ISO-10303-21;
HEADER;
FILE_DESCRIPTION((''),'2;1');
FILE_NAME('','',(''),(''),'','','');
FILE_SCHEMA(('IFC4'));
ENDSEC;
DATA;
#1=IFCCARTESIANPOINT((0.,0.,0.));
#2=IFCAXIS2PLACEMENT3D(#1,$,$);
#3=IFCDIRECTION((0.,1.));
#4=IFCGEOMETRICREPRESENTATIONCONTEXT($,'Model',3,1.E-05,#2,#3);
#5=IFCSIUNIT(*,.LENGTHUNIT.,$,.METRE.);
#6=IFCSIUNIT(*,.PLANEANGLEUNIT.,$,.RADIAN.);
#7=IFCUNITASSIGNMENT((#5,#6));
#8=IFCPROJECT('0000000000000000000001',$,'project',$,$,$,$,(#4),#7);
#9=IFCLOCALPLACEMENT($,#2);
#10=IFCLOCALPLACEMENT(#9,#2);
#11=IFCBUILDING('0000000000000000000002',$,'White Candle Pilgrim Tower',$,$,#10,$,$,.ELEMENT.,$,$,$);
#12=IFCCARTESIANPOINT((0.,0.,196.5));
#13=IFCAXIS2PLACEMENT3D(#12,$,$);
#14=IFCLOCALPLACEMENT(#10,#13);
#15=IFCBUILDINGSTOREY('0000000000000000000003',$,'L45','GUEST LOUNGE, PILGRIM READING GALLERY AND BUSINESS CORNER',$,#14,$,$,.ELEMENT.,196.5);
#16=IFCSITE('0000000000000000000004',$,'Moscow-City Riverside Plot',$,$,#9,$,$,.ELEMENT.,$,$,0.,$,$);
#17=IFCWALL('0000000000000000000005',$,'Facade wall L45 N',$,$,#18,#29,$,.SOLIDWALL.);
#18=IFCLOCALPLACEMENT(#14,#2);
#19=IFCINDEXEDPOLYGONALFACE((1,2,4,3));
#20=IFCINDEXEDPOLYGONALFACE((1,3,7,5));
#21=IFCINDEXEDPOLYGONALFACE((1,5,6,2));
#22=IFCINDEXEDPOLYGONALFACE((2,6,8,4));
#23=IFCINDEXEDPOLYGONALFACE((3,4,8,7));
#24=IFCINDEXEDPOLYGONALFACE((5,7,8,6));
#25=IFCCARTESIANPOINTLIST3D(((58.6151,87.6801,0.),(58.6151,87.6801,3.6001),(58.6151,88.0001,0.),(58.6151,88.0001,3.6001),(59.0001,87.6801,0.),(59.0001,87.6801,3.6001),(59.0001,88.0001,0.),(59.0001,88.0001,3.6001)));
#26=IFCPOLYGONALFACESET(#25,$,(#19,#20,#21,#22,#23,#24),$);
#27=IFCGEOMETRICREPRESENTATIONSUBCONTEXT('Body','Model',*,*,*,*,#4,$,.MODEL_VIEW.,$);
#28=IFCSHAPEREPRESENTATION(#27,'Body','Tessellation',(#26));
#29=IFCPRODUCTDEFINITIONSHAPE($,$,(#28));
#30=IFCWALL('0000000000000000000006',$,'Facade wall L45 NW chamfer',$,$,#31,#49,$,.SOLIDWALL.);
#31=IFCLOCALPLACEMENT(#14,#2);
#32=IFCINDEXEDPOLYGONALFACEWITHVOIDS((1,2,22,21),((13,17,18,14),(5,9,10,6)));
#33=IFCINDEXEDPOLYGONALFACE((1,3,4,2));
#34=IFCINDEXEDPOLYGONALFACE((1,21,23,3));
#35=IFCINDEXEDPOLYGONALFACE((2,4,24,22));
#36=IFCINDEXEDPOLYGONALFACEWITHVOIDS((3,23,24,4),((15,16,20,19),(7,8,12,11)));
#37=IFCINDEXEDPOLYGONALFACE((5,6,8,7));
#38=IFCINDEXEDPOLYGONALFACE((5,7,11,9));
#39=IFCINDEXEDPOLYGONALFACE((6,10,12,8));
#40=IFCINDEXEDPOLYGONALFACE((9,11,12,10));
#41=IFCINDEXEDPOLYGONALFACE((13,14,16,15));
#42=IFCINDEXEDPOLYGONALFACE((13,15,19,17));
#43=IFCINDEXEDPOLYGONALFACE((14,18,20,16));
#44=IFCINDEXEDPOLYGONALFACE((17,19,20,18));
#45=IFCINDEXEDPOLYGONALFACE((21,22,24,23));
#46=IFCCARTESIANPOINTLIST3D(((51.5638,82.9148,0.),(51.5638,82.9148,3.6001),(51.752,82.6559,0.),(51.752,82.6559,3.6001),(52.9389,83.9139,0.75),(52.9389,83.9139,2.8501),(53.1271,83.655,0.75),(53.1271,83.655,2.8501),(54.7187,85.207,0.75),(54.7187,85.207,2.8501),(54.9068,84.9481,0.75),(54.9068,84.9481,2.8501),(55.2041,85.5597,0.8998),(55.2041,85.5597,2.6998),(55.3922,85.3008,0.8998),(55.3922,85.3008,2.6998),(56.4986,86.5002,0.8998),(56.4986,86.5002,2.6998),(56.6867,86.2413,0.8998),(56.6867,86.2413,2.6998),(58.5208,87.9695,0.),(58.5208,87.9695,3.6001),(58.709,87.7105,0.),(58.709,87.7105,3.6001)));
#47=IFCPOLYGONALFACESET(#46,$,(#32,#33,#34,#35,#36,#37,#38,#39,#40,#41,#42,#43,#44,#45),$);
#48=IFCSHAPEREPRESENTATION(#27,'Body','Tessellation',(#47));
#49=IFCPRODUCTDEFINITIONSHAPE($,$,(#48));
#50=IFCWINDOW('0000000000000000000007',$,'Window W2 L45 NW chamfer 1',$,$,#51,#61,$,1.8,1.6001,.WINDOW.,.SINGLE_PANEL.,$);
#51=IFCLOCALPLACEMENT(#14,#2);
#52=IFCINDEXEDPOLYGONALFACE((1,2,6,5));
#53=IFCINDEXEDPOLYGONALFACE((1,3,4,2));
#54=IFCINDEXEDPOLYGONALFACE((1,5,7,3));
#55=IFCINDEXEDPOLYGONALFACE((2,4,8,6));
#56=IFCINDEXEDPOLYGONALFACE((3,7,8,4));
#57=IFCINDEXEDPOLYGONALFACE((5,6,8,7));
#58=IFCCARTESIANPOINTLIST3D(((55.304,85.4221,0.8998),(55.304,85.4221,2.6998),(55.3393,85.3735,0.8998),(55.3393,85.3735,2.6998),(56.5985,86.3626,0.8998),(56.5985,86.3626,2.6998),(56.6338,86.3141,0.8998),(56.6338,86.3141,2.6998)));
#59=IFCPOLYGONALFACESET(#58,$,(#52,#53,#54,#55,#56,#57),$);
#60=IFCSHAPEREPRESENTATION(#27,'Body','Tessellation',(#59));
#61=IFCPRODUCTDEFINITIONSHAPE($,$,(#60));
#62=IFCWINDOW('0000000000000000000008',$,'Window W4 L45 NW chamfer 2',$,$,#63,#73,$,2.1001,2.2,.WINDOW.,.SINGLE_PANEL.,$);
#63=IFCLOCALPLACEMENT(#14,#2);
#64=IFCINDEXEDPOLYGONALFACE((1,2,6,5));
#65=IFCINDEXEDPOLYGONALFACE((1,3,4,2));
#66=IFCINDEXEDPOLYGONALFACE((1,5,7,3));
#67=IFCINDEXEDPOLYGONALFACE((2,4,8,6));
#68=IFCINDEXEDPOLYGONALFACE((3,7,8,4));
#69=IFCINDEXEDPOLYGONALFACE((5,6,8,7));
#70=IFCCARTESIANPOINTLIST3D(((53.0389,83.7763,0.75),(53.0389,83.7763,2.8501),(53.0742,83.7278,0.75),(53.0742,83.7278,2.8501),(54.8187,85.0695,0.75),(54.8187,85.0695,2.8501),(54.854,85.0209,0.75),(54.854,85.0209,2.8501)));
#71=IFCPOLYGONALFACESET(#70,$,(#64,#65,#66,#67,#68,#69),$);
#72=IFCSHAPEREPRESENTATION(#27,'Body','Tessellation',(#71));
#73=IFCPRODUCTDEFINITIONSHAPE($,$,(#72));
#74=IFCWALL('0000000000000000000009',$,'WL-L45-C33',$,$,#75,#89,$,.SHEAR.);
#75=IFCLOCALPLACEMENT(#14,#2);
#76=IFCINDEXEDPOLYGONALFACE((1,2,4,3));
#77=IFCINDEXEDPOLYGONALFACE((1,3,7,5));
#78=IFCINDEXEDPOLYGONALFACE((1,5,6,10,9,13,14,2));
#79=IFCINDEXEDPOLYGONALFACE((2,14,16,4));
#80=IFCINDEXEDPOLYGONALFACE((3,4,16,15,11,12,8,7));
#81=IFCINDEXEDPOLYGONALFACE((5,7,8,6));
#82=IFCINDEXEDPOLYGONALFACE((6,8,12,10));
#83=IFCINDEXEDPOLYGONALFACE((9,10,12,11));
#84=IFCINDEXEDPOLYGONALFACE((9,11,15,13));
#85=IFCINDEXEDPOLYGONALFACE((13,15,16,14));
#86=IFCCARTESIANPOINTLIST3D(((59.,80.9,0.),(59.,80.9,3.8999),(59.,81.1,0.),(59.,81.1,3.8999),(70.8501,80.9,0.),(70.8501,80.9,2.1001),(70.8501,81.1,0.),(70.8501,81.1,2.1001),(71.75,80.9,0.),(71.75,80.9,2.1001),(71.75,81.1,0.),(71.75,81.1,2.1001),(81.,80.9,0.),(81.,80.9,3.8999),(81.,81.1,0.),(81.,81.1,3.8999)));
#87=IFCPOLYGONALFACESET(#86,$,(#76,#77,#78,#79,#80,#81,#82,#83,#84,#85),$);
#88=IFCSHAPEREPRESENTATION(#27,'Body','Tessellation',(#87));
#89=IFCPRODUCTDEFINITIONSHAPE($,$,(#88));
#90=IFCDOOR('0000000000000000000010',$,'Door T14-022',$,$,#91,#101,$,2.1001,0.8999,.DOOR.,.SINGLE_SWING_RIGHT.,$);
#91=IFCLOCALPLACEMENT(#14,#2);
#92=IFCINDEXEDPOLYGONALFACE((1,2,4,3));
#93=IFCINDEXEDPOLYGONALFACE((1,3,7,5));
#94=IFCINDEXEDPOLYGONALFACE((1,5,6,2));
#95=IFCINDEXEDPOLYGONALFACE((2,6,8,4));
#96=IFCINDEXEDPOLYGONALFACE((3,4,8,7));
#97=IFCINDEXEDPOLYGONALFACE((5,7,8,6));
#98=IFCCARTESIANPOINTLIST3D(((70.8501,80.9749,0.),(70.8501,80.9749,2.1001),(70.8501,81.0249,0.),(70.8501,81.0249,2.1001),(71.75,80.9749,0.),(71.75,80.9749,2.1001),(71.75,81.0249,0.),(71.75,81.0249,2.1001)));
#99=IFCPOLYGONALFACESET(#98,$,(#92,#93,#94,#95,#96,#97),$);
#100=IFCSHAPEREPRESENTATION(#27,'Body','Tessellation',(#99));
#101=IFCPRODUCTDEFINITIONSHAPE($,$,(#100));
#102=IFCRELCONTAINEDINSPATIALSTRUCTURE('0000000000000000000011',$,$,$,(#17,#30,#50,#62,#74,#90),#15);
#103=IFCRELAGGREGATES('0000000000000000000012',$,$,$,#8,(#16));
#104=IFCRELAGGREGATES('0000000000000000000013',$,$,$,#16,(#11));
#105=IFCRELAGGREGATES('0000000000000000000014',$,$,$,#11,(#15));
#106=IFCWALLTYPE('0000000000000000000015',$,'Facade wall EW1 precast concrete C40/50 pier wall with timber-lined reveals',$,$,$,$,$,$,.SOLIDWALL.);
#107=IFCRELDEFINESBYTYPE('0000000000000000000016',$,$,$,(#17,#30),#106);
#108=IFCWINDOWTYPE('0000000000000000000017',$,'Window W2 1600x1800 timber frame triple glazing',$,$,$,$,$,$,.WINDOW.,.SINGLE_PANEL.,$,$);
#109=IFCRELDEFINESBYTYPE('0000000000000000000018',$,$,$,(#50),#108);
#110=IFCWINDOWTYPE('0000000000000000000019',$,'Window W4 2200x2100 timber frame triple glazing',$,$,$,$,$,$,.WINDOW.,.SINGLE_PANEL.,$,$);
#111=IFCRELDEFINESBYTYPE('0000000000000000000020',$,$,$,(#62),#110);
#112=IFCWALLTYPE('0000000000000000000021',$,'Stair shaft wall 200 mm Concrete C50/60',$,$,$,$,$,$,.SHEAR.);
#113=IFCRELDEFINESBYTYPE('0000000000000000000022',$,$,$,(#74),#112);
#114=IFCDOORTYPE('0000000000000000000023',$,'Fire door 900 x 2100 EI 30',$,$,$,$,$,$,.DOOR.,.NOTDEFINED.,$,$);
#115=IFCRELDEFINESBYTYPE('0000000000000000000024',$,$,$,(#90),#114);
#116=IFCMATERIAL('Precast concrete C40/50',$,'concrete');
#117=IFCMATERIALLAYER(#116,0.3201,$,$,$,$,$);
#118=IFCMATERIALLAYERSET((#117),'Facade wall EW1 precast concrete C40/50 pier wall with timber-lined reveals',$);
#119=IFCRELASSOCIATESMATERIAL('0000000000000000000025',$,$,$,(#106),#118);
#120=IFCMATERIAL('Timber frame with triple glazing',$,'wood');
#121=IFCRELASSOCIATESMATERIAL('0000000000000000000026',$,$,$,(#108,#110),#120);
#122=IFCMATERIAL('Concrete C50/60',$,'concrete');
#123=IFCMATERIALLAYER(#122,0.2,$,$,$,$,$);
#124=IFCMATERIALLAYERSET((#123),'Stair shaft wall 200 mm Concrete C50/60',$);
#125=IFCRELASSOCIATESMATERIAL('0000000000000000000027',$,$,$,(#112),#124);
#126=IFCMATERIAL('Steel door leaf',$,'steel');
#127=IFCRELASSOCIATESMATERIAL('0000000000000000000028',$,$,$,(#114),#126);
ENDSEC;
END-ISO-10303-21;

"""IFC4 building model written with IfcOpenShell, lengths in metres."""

from ifc_helpers import new_model, si_unit, direction, frame, frame_2d, origin, place, context, subcontext, project, spatial, rectangle, extrude, material, layer, layer_set, type_object, element, fill, save


model = new_model("IFC4")

# Units and contexts
model_context = context("Model", 3, precision=1e-05, world=origin(), true_north=direction((0.0, 1.0)))
body_context = subcontext(model_context, "Body", "Model", "MODEL_VIEW")
ifc_project = project(units=[si_unit("LENGTHUNIT", "METRE"), si_unit("PLANEANGLEUNIT", "RADIAN")], contexts=[model_context])

# Site, building, storey
site_placement = place(None, origin())
site = spatial("IfcSite", under=ifc_project, at=site_placement, Name="Moscow-City Riverside Plot", CompositionType="ELEMENT", RefElevation=0.0)
building_placement = place(site_placement, origin())
building = spatial("IfcBuilding", under=site, at=building_placement, Name="White Candle Pilgrim Tower", CompositionType="ELEMENT")
storey_placement = place(building_placement, frame((0.0, 0.0, 196.5)))
storey = spatial("IfcBuildingStorey", under=building, at=storey_placement, Name="L45", Description="GUEST LOUNGE, PILGRIM READING GALLERY AND BUSINESS CORNER", CompositionType="ELEMENT", Elevation=196.5)

# Shared definitions
ifc_material_1 = material(Name="Concrete C50/60", Category="concrete")

# Shared definitions
ifc_material_2 = material(Name="Steel door leaf", Category="steel")

# Wall
ifc_material_3 = material(Name="Precast concrete C40/50", Category="concrete")
ifc_layer_1 = layer(ifc_material_3, 0.3201)
ifc_layer_set_1 = layer_set([ifc_layer_1], Name="Facade wall EW1 precast concrete C40/50 pier wall with timber-lined reveals")
wall_type_1 = type_object("IfcWallType", Name="Facade wall EW1 precast concrete C40/50 pier wall with timber-lined reveals", PredefinedType="SOLIDWALL", material=ifc_layer_set_1)
wall_1_placement = place(storey_placement, frame((59.0, 87.8401, 0.0), z_axis=(0.0, 0.0, 1.0), x_axis=(-1.0, 0.0, 0.0)))
element("IfcWall", 1, at=wall_1_placement, inside=storey, type_object=wall_type_1, Name="Facade wall L45 N", PredefinedType="SOLIDWALL", context=body_context, shape_type="SweptSolid", body=[
    extrude(rectangle(XDim=0.385, YDim=0.3201, at=frame_2d((0.1924, 0.0))), origin(), (0.0, 0.0, 1.0), 3.6001),
])

# Wall, openings, windows
wall_2_placement = place(storey_placement, frame((58.615, 87.8401, 0.0), z_axis=(0.0, 0.0, 1.0), x_axis=(-0.809011, -0.587794, 0.0)))
wall_2 = element("IfcWall", 2, at=wall_2_placement, inside=storey, type_object=wall_type_1, Name="Facade wall L45 NW chamfer", PredefinedType="SOLIDWALL", context=body_context, shape_type="SweptSolid", body=[
    extrude(rectangle(XDim=8.5994, YDim=0.3201, at=frame_2d((4.2998, 0.0))), origin(), (0.0, 0.0, 1.0), 3.6001),
])
opening_1_placement = place(wall_2_placement, frame((2.4998, 0.0, 0.8999)))
opening_1 = element("IfcOpeningElement", 3, at=opening_1_placement, cuts=wall_2, PredefinedType="OPENING", context=body_context, shape_type="SweptSolid", body=[
    extrude(rectangle(XDim=1.6001, YDim=1.8, at=frame_2d((0.8, 0.8999))), frame((0.0, 0.1699, 0.0), z_axis=(0.0, -1.0, 0.0), x_axis=(1.0, 0.0, 0.0)), (0.0, 0.0, 1.0), 0.3401),
])
opening_2_placement = place(wall_2_placement, frame((4.6997, 0.0, 0.75)))
opening_2 = element("IfcOpeningElement", 4, at=opening_2_placement, cuts=wall_2, PredefinedType="OPENING", context=body_context, shape_type="SweptSolid", body=[
    extrude(rectangle(XDim=2.2, YDim=2.1001, at=frame_2d((1.1001, 1.05))), frame((0.0, 0.1699, 0.0), z_axis=(0.0, -1.0, 0.0), x_axis=(1.0, 0.0, 0.0)), (0.0, 0.0, 1.0), 0.3401),
])
ifc_material_4 = material(Name="Timber frame with triple glazing", Category="wood")
window_type_1 = type_object("IfcWindowType", Name="Window W2 1600x1800 timber frame triple glazing", PartitioningType="SINGLE_PANEL", PredefinedType="WINDOW", material=ifc_material_4)
window_1_placement = place(opening_1_placement, origin())
window_1 = element("IfcWindow", 5, at=window_1_placement, inside=storey, type_object=window_type_1, Name="Window W2 L45 NW chamfer 1", OverallHeight=1.8, OverallWidth=1.6001, PartitioningType="SINGLE_PANEL", PredefinedType="WINDOW", context=body_context, shape_type="SweptSolid", body=[
    extrude(rectangle(XDim=1.6001, YDim=1.8, at=frame_2d((0.8, 0.8999))), frame((0.0, 0.0701, 0.0), z_axis=(0.0, -1.0, 0.0), x_axis=(1.0, 0.0, 0.0)), (0.0, 0.0, 1.0), 0.0601),
])
fill(opening_1, window_1)
window_type_2 = type_object("IfcWindowType", Name="Window W4 2200x2100 timber frame triple glazing", PartitioningType="SINGLE_PANEL", PredefinedType="WINDOW", material=ifc_material_4)
window_2_placement = place(opening_2_placement, origin())
window_2 = element("IfcWindow", 6, at=window_2_placement, inside=storey, type_object=window_type_2, Name="Window W4 L45 NW chamfer 2", OverallHeight=2.1001, OverallWidth=2.2, PartitioningType="SINGLE_PANEL", PredefinedType="WINDOW", context=body_context, shape_type="SweptSolid", body=[
    extrude(rectangle(XDim=2.2, YDim=2.1001, at=frame_2d((1.1001, 1.05))), frame((0.0, 0.0701, 0.0), z_axis=(0.0, -1.0, 0.0), x_axis=(1.0, 0.0, 0.0)), (0.0, 0.0, 1.0), 0.0601),
])
fill(opening_2, window_2)

# Wall, opening, door
ifc_layer_2 = layer(ifc_material_1, 0.2)
ifc_layer_set_2 = layer_set([ifc_layer_2], Name="Stair shaft wall 200 mm Concrete C50/60")
wall_type_2 = type_object("IfcWallType", Name="Stair shaft wall 200 mm Concrete C50/60", PredefinedType="SHEAR", material=ifc_layer_set_2)
wall_3_placement = place(storey_placement, frame((59.0, 81.0, 0.0), z_axis=(0.0, 0.0, 1.0), x_axis=(1.0, 0.0, 0.0)))
wall_3 = element("IfcWall", 7, at=wall_3_placement, inside=storey, type_object=wall_type_2, Name="WL-L45-C33", PredefinedType="SHEAR", context=body_context, shape_type="SweptSolid", body=[
    extrude(rectangle(XDim=22.0, YDim=0.2, at=frame_2d((11.0, 0.0))), origin(), (0.0, 0.0, 1.0), 3.8999),
])
opening_3_placement = place(wall_3_placement, frame((11.8501, 0.0, 0.0)))
opening_3 = element("IfcOpeningElement", 8, at=opening_3_placement, cuts=wall_3, PredefinedType="OPENING", context=body_context, shape_type="SweptSolid", body=[
    extrude(rectangle(XDim=0.8999, YDim=2.1001, at=frame_2d((0.45, 1.05))), frame((0.0, 0.1099, 0.0), z_axis=(0.0, -1.0, 0.0), x_axis=(1.0, 0.0, 0.0)), (0.0, 0.0, 1.0), 0.22),
])
door_type_1 = type_object("IfcDoorType", Name="Fire door 900 x 2100 EI 30", OperationType="NOTDEFINED", PredefinedType="DOOR", material=ifc_material_2)
door_1_placement = place(opening_3_placement, origin())
door_1 = element("IfcDoor", 9, at=door_1_placement, inside=storey, type_object=door_type_1, Name="Door T14-022", OperationType="SINGLE_SWING_RIGHT", OverallHeight=2.1001, OverallWidth=0.8999, PredefinedType="DOOR", context=body_context, shape_type="SweptSolid", body=[
    extrude(rectangle(XDim=0.8999, YDim=2.1001, at=frame_2d((0.45, 1.05))), frame((0.0, 0.0249, 0.0), z_axis=(0.0, -1.0, 0.0), x_axis=(1.0, 0.0, 0.0)), (0.0, 0.0, 1.0), 0.05),
])
fill(opening_3, door_1)

save(model, "model.ifc")
